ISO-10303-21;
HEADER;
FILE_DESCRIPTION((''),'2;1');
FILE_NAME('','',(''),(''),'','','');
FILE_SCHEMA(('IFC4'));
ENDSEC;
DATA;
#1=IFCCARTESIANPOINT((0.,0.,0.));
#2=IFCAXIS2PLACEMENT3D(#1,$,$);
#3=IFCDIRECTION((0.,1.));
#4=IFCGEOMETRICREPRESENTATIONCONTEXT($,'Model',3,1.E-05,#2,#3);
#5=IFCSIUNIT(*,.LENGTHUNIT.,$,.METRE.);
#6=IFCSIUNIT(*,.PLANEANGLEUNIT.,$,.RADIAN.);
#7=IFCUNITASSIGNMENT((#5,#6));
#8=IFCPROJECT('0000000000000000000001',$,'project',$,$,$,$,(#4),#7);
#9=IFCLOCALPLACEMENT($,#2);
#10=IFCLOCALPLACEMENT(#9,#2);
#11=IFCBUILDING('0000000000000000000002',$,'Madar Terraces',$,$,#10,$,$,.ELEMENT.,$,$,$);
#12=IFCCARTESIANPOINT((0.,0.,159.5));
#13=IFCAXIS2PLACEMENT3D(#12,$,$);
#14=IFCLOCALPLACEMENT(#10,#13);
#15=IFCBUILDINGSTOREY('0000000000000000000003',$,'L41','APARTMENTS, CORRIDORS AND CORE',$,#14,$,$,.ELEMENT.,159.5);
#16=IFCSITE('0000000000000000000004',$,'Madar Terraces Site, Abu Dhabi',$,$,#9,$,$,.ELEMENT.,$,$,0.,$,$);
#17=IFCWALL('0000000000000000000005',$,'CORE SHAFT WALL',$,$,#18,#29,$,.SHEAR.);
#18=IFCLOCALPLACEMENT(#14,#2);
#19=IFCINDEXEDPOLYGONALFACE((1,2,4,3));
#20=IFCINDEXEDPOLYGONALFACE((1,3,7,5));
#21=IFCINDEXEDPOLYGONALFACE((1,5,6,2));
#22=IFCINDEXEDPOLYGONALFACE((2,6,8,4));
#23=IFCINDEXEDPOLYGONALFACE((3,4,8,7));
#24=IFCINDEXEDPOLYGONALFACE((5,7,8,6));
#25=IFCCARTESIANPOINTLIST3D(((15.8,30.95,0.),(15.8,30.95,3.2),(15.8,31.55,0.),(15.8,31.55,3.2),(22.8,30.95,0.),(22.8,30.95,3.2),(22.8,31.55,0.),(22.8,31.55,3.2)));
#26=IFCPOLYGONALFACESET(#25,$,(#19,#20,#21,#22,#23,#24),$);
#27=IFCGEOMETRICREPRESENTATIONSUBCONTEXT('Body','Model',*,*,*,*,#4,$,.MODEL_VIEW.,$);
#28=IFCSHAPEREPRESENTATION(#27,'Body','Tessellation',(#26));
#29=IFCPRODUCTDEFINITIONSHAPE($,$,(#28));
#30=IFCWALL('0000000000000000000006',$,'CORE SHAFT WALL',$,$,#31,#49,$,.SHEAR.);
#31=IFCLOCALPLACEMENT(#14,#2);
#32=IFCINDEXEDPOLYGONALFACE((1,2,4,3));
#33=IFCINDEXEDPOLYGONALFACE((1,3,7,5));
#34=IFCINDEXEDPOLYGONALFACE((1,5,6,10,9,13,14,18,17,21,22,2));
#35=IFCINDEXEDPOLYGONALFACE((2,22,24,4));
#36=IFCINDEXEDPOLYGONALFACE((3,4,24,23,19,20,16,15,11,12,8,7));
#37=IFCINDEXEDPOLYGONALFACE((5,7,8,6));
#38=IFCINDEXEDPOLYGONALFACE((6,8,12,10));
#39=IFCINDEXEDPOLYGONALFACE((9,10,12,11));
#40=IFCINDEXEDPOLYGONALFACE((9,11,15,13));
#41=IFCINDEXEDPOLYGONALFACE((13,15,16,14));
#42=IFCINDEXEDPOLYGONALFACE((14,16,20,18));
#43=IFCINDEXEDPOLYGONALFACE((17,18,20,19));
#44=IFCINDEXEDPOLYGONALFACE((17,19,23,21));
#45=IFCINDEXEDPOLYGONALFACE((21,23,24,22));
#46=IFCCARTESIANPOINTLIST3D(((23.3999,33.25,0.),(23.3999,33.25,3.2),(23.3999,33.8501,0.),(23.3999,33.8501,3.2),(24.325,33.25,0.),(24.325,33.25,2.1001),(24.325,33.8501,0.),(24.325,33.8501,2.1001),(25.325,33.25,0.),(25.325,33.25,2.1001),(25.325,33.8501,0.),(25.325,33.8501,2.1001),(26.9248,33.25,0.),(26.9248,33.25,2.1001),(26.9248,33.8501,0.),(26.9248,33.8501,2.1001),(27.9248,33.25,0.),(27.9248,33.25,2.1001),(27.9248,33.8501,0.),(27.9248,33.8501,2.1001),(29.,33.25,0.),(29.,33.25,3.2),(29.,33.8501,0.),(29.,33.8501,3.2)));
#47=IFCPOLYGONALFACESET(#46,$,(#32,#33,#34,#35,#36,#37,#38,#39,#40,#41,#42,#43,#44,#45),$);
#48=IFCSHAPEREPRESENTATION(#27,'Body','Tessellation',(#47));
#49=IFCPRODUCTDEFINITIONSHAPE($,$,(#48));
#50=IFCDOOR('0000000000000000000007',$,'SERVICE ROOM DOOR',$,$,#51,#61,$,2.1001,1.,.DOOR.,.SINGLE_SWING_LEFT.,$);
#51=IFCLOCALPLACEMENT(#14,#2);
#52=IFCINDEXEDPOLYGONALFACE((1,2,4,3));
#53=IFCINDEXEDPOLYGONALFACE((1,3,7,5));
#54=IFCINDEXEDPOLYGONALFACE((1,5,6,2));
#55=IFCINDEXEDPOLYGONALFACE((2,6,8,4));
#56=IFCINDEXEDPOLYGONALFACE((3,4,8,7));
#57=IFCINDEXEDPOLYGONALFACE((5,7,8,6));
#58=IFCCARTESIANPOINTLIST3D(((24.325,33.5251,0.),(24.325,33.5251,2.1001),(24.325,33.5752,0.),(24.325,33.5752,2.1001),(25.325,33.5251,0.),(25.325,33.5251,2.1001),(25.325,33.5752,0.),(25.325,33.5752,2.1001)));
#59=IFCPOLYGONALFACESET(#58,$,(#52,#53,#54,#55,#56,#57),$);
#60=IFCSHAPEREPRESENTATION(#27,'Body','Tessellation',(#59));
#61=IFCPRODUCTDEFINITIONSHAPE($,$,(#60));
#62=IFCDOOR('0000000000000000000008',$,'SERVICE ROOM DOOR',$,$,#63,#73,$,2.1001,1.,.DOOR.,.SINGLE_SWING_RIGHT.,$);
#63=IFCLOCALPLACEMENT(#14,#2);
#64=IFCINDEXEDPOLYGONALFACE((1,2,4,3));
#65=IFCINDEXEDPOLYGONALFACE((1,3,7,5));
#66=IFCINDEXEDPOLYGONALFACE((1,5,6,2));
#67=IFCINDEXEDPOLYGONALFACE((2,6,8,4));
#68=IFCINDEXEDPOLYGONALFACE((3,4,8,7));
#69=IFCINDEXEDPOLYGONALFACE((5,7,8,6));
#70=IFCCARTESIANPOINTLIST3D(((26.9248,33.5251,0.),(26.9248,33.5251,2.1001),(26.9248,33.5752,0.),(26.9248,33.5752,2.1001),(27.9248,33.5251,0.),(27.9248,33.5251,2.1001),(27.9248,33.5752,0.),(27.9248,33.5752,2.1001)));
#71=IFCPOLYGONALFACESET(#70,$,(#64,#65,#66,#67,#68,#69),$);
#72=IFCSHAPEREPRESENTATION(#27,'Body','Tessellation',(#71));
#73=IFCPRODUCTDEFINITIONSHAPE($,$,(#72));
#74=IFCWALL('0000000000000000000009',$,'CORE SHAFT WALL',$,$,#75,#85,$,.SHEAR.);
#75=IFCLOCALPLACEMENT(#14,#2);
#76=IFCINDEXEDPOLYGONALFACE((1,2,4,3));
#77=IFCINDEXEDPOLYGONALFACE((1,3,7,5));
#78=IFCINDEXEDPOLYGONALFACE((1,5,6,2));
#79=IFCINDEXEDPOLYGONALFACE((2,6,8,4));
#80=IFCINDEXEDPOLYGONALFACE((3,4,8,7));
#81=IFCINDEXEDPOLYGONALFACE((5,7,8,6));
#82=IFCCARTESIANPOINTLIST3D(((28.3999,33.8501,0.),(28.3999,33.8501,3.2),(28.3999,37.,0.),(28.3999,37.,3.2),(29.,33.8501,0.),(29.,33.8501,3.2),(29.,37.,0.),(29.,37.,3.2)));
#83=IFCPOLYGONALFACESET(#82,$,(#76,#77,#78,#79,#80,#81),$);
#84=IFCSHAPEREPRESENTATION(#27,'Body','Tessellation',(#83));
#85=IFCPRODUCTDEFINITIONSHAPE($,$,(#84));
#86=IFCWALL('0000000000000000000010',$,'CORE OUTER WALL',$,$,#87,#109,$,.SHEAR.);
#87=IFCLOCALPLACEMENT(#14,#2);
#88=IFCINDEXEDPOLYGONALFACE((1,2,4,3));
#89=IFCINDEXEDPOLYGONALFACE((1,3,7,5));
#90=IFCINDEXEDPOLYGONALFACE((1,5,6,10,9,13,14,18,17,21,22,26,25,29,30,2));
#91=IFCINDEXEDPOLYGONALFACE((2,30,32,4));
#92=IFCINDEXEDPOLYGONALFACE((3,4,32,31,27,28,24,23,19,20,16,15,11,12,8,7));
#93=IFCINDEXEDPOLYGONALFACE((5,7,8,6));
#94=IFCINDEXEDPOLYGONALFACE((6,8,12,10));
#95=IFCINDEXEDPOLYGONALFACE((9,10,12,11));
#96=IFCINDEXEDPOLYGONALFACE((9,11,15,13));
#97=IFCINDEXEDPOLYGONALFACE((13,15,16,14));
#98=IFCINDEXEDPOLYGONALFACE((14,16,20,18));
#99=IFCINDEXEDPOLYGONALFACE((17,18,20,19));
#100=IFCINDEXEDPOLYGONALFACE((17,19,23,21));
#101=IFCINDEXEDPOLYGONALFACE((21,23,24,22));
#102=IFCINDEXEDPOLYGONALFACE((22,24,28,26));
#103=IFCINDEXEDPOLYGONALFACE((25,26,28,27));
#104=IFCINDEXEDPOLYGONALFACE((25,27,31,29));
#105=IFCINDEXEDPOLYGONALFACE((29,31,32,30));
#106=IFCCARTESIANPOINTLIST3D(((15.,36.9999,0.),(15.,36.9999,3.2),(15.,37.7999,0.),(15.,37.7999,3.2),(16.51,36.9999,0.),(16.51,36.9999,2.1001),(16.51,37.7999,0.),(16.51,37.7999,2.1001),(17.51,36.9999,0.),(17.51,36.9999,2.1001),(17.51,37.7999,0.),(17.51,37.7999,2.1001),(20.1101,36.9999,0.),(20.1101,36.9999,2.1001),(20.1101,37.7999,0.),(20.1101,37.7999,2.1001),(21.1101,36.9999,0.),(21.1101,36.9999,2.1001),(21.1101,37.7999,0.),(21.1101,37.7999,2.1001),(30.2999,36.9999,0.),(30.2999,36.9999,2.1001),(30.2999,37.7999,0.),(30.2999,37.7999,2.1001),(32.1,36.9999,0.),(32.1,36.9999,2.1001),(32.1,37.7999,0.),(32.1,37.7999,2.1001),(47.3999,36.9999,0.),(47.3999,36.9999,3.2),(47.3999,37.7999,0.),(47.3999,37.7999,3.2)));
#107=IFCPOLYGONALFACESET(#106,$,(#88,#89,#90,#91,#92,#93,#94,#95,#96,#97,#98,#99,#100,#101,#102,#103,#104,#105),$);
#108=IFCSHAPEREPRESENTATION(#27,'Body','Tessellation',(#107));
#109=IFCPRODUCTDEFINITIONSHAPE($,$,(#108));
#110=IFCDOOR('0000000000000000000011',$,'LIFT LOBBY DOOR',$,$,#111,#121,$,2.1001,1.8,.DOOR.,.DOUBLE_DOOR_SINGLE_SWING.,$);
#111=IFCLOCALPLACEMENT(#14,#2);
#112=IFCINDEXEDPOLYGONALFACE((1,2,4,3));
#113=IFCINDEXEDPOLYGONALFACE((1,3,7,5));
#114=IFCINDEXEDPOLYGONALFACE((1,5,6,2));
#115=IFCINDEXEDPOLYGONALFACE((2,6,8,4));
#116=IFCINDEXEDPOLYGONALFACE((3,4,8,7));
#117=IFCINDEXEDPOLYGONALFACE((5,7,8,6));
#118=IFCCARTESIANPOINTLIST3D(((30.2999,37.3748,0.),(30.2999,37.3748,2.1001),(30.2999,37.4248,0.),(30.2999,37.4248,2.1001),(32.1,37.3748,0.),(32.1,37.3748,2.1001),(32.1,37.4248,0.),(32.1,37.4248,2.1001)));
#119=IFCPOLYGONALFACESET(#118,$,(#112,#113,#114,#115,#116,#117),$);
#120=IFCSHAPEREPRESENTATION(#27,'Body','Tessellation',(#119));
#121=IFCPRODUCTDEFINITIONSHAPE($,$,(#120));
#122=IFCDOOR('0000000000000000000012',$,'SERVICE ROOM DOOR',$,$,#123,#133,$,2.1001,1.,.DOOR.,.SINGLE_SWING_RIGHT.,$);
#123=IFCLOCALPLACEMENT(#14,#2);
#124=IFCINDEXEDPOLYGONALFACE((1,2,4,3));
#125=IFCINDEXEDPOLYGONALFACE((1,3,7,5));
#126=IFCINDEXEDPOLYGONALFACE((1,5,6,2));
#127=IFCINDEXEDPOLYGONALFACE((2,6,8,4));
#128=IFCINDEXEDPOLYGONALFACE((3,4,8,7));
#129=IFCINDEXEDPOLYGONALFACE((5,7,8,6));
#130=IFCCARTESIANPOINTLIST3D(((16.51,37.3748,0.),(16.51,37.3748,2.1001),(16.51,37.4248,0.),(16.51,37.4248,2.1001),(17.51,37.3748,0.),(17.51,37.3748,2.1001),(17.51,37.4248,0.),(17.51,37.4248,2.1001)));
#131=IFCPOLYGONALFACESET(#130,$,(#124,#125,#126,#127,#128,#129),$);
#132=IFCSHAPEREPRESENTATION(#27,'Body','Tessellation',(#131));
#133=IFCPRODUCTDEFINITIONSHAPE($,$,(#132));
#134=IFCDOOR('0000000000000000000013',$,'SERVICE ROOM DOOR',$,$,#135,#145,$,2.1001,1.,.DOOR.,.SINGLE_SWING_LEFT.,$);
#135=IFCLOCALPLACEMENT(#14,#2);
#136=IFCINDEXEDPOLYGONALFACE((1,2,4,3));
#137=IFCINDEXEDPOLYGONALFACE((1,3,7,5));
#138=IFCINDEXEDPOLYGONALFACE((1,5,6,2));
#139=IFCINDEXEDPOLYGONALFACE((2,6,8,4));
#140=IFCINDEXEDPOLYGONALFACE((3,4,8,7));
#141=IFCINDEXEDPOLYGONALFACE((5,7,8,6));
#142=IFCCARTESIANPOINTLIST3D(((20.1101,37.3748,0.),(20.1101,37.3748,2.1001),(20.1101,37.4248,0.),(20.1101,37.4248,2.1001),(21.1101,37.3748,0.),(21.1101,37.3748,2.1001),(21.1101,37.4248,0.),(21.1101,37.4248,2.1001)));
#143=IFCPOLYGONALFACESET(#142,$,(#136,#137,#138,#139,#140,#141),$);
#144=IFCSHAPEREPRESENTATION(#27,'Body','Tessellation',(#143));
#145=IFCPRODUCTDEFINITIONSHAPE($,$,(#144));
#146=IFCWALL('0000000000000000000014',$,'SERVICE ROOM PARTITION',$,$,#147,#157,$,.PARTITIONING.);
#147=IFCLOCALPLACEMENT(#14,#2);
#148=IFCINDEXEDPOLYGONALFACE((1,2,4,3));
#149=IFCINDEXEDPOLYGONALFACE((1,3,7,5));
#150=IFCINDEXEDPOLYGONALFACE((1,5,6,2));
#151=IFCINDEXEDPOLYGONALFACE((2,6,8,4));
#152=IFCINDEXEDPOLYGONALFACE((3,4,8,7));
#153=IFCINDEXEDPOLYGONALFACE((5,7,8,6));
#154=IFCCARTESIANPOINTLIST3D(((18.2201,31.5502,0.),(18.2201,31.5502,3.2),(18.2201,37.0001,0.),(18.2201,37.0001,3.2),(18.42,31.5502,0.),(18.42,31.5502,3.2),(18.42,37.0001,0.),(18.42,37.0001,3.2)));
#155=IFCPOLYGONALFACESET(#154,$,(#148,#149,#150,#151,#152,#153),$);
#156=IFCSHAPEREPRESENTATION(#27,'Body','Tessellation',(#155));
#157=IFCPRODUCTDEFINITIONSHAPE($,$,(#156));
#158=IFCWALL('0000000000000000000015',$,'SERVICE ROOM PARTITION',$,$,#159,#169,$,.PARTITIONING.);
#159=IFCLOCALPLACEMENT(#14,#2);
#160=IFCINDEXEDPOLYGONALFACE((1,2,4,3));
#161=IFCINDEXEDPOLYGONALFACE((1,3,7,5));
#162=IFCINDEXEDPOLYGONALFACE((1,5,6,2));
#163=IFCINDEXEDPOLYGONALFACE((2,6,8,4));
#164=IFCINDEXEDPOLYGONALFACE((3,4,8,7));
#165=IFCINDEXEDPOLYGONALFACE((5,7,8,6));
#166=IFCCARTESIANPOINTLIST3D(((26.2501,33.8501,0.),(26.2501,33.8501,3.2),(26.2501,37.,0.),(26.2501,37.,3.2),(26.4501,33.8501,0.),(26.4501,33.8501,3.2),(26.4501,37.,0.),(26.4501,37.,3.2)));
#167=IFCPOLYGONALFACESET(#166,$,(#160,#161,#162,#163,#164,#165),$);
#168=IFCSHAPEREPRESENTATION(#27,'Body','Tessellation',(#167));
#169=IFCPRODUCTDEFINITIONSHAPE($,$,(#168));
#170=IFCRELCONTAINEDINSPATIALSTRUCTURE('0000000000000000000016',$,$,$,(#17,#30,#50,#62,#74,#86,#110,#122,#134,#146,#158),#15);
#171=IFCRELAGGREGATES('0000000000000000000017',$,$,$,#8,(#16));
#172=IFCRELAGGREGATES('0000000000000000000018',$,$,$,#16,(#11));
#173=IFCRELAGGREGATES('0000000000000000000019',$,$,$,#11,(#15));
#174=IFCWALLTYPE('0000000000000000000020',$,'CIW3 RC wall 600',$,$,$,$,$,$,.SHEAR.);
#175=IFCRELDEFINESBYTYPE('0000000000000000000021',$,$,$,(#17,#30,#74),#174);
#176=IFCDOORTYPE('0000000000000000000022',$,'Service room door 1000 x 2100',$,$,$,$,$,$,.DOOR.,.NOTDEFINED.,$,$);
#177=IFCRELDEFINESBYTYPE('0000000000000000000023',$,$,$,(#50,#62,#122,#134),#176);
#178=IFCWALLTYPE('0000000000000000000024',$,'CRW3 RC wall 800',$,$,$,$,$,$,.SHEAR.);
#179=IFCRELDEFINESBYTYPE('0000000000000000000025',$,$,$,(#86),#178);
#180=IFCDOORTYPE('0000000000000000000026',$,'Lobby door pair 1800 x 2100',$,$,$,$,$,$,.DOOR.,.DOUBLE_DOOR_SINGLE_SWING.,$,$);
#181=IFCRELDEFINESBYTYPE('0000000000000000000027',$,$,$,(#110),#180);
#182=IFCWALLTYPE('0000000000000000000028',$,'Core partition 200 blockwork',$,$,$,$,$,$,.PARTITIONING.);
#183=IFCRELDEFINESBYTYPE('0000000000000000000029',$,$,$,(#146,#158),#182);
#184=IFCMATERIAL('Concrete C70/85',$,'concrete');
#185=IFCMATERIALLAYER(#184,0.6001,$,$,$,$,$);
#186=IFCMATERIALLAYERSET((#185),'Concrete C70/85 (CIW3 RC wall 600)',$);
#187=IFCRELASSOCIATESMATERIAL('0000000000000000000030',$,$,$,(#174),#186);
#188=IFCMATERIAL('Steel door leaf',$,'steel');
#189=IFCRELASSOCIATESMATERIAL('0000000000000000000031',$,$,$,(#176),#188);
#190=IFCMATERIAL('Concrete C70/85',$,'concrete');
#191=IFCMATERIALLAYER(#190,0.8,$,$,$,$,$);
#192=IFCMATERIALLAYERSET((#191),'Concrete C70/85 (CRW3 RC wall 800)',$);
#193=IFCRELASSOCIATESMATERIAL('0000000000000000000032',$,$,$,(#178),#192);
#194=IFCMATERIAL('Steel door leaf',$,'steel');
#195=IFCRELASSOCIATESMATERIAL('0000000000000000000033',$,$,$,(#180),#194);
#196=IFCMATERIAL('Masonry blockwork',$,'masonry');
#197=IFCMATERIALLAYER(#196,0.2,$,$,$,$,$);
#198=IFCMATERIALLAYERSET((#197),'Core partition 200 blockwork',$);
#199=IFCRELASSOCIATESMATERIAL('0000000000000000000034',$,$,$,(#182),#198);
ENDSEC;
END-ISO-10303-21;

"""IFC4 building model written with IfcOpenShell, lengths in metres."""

from ifc_helpers import new_model, si_unit, direction, frame, frame_2d, origin, place, context, subcontext, project, spatial, rectangle, extrude, material, layer, layer_set, type_object, element, fill, save


model = new_model("IFC4")

# Units and contexts
model_context = context("Model", 3, precision=1e-05, world=origin(), true_north=direction((0.0, 1.0)))
body_context = subcontext(model_context, "Body", "Model", "MODEL_VIEW")
ifc_project = project(units=[si_unit("LENGTHUNIT", "METRE"), si_unit("PLANEANGLEUNIT", "RADIAN")], contexts=[model_context])

# Site, building, storey
site_placement = place(None, origin())
site = spatial("IfcSite", under=ifc_project, at=site_placement, Name="Madar Terraces Site, Abu Dhabi", CompositionType="ELEMENT", RefElevation=0.0)
building_placement = place(site_placement, origin())
building = spatial("IfcBuilding", under=site, at=building_placement, Name="Madar Terraces", CompositionType="ELEMENT")
storey_placement = place(building_placement, frame((0.0, 0.0, 159.5)))
storey = spatial("IfcBuildingStorey", under=building, at=storey_placement, Name="L41", Description="APARTMENTS, CORRIDORS AND CORE", CompositionType="ELEMENT", Elevation=159.5)

# Wall
ifc_material_1 = material(Name="Concrete C70/85", Category="concrete")
ifc_layer_1 = layer(ifc_material_1, 0.6001)
ifc_layer_set_1 = layer_set([ifc_layer_1], Name="Concrete C70/85 (CIW3 RC wall 600)")
wall_type_1 = type_object("IfcWallType", Name="CIW3 RC wall 600", PredefinedType="SHEAR", material=ifc_layer_set_1)
wall_1_placement = place(storey_placement, frame((15.8, 31.25, 0.0), z_axis=(0.0, 0.0, 1.0), x_axis=(1.0, 0.0, 0.0)))
element("IfcWall", 1, at=wall_1_placement, inside=storey, type_object=wall_type_1, Name="CORE SHAFT WALL", PredefinedType="SHEAR", context=body_context, shape_type="SweptSolid", body=[
    extrude(rectangle(XDim=7.0, YDim=0.6001, at=frame_2d((3.5, 0.0))), origin(), (0.0, 0.0, 1.0), 3.2),
])

# Wall, openings, doors
wall_2_placement = place(storey_placement, frame((23.3999, 33.55, 0.0), z_axis=(0.0, 0.0, 1.0), x_axis=(1.0, 0.0, 0.0)))
wall_2 = element("IfcWall", 2, at=wall_2_placement, inside=storey, type_object=wall_type_1, Name="CORE SHAFT WALL", PredefinedType="SHEAR", context=body_context, shape_type="SweptSolid", body=[
    extrude(rectangle(XDim=5.6001, YDim=0.6001, at=frame_2d((2.8, 0.0))), origin(), (0.0, 0.0, 1.0), 3.2),
])
opening_1_placement = place(wall_2_placement, frame((0.925, 0.0, 0.0)))
opening_1 = element("IfcOpeningElement", 3, at=opening_1_placement, cuts=wall_2, PredefinedType="OPENING", context=body_context, shape_type="SweptSolid", body=[
    extrude(rectangle(XDim=1.0, YDim=2.1001, at=frame_2d((0.5, 1.05))), frame((0.0, 0.3101, 0.0), z_axis=(0.0, -1.0, 0.0), x_axis=(1.0, 0.0, 0.0)), (0.0, 0.0, 1.0), 0.6201),
])
opening_2_placement = place(wall_2_placement, frame((3.5249, 0.0, 0.0)))
opening_2 = element("IfcOpeningElement", 4, at=opening_2_placement, cuts=wall_2, PredefinedType="OPENING", context=body_context, shape_type="SweptSolid", body=[
    extrude(rectangle(XDim=1.0, YDim=2.1001, at=frame_2d((0.5, 1.05))), frame((0.0, 0.3101, 0.0), z_axis=(0.0, -1.0, 0.0), x_axis=(1.0, 0.0, 0.0)), (0.0, 0.0, 1.0), 0.6201),
])
ifc_material_2 = material(Name="Steel door leaf", Category="steel")
door_type_1 = type_object("IfcDoorType", Name="Service room door 1000 x 2100", OperationType="NOTDEFINED", PredefinedType="DOOR", material=ifc_material_2)
door_1_placement = place(opening_1_placement, frame((1.0, 0.0, 0.0), z_axis=(0.0, 0.0, 1.0), x_axis=(-1.0, 0.0, 0.0)))
door_1 = element("IfcDoor", 5, at=door_1_placement, inside=storey, type_object=door_type_1, Name="SERVICE ROOM DOOR", OperationType="SINGLE_SWING_LEFT", OverallHeight=2.1001, OverallWidth=1.0, PredefinedType="DOOR", context=body_context, shape_type="SweptSolid", body=[
    extrude(rectangle(XDim=1.0, YDim=2.1001, at=frame_2d((0.5, 1.05))), frame((0.0, 0.0249, 0.0), z_axis=(0.0, -1.0, 0.0), x_axis=(1.0, 0.0, 0.0)), (0.0, 0.0, 1.0), 0.05),
])
fill(opening_1, door_1)
door_2_placement = place(opening_2_placement, frame((1.0, 0.0, 0.0), z_axis=(0.0, 0.0, 1.0), x_axis=(-1.0, 0.0, 0.0)))
door_2 = element("IfcDoor", 6, at=door_2_placement, inside=storey, type_object=door_type_1, Name="SERVICE ROOM DOOR", OperationType="SINGLE_SWING_RIGHT", OverallHeight=2.1001, OverallWidth=1.0, PredefinedType="DOOR", context=body_context, shape_type="SweptSolid", body=[
    extrude(rectangle(XDim=1.0, YDim=2.1001, at=frame_2d((0.5, 1.05))), frame((0.0, 0.0249, 0.0), z_axis=(0.0, -1.0, 0.0), x_axis=(1.0, 0.0, 0.0)), (0.0, 0.0, 1.0), 0.05),
])
fill(opening_2, door_2)

# Wall
wall_3_placement = place(storey_placement, frame((28.7, 33.8501, 0.0), z_axis=(0.0, 0.0, 1.0), x_axis=(0.0, 1.0, 0.0)))
element("IfcWall", 7, at=wall_3_placement, inside=storey, type_object=wall_type_1, Name="CORE SHAFT WALL", PredefinedType="SHEAR", context=body_context, shape_type="SweptSolid", body=[
    extrude(rectangle(XDim=3.1499, YDim=0.6001, at=frame_2d((1.575, 0.0))), origin(), (0.0, 0.0, 1.0), 3.2),
])

# Wall, openings, doors
ifc_material_3 = material(Name="Concrete C70/85", Category="concrete")
ifc_layer_2 = layer(ifc_material_3, 0.8)
ifc_layer_set_2 = layer_set([ifc_layer_2], Name="Concrete C70/85 (CRW3 RC wall 800)")
wall_type_2 = type_object("IfcWallType", Name="CRW3 RC wall 800", PredefinedType="SHEAR", material=ifc_layer_set_2)
wall_4_placement = place(storey_placement, frame((15.0, 37.3999, 0.0), z_axis=(0.0, 0.0, 1.0), x_axis=(1.0, 0.0, 0.0)))
wall_4 = element("IfcWall", 8, at=wall_4_placement, inside=storey, type_object=wall_type_2, Name="CORE OUTER WALL", PredefinedType="SHEAR", context=body_context, shape_type="SweptSolid", body=[
    extrude(rectangle(XDim=32.3999, YDim=0.8, at=frame_2d((16.2, 0.0))), origin(), (0.0, 0.0, 1.0), 3.2),
])
opening_3_placement = place(wall_4_placement, frame((15.3, 0.0, 0.0)))
opening_3 = element("IfcOpeningElement", 9, at=opening_3_placement, cuts=wall_4, PredefinedType="OPENING", context=body_context, shape_type="SweptSolid", body=[
    extrude(rectangle(XDim=1.8, YDim=2.1001, at=frame_2d((0.8999, 1.05))), frame((0.0, 0.4099, 0.0), z_axis=(0.0, -1.0, 0.0), x_axis=(1.0, 0.0, 0.0)), (0.0, 0.0, 1.0), 0.8201),
])
opening_4_placement = place(wall_4_placement, frame((1.51, 0.0, 0.0)))
opening_4 = element("IfcOpeningElement", 10, at=opening_4_placement, cuts=wall_4, PredefinedType="OPENING", context=body_context, shape_type="SweptSolid", body=[
    extrude(rectangle(XDim=1.0, YDim=2.1001, at=frame_2d((0.5, 1.05))), frame((0.0, 0.4099, 0.0), z_axis=(0.0, -1.0, 0.0), x_axis=(1.0, 0.0, 0.0)), (0.0, 0.0, 1.0), 0.8201),
])
opening_5_placement = place(wall_4_placement, frame((5.1101, 0.0, 0.0)))
opening_5 = element("IfcOpeningElement", 11, at=opening_5_placement, cuts=wall_4, PredefinedType="OPENING", context=body_context, shape_type="SweptSolid", body=[
    extrude(rectangle(XDim=1.0, YDim=2.1001, at=frame_2d((0.5, 1.05))), frame((0.0, 0.4099, 0.0), z_axis=(0.0, -1.0, 0.0), x_axis=(1.0, 0.0, 0.0)), (0.0, 0.0, 1.0), 0.8201),
])
ifc_material_4 = material(Name="Steel door leaf", Category="steel")
door_type_2 = type_object("IfcDoorType", Name="Lobby door pair 1800 x 2100", OperationType="DOUBLE_DOOR_SINGLE_SWING", PredefinedType="DOOR", material=ifc_material_4)
door_3_placement = place(opening_3_placement, origin())
door_3 = element("IfcDoor", 12, at=door_3_placement, inside=storey, type_object=door_type_2, Name="LIFT LOBBY DOOR", OperationType="DOUBLE_DOOR_SINGLE_SWING", OverallHeight=2.1001, OverallWidth=1.8, PredefinedType="DOOR", context=body_context, shape_type="SweptSolid", body=[
    extrude(rectangle(XDim=1.8, YDim=2.1001, at=frame_2d((0.8999, 1.05))), frame((0.0, 0.0249, 0.0), z_axis=(0.0, -1.0, 0.0), x_axis=(1.0, 0.0, 0.0)), (0.0, 0.0, 1.0), 0.05),
])
fill(opening_3, door_3)
door_4_placement = place(opening_4_placement, origin())
door_4 = element("IfcDoor", 13, at=door_4_placement, inside=storey, type_object=door_type_1, Name="SERVICE ROOM DOOR", OperationType="SINGLE_SWING_RIGHT", OverallHeight=2.1001, OverallWidth=1.0, PredefinedType="DOOR", context=body_context, shape_type="SweptSolid", body=[
    extrude(rectangle(XDim=1.0, YDim=2.1001, at=frame_2d((0.5, 1.05))), frame((0.0, 0.0249, 0.0), z_axis=(0.0, -1.0, 0.0), x_axis=(1.0, 0.0, 0.0)), (0.0, 0.0, 1.0), 0.05),
])
fill(opening_4, door_4)
door_5_placement = place(opening_5_placement, origin())
door_5 = element("IfcDoor", 14, at=door_5_placement, inside=storey, type_object=door_type_1, Name="SERVICE ROOM DOOR", OperationType="SINGLE_SWING_LEFT", OverallHeight=2.1001, OverallWidth=1.0, PredefinedType="DOOR", context=body_context, shape_type="SweptSolid", body=[
    extrude(rectangle(XDim=1.0, YDim=2.1001, at=frame_2d((0.5, 1.05))), frame((0.0, 0.0249, 0.0), z_axis=(0.0, -1.0, 0.0), x_axis=(1.0, 0.0, 0.0)), (0.0, 0.0, 1.0), 0.05),
])
fill(opening_5, door_5)

# Walls
ifc_material_5 = material(Name="Masonry blockwork", Category="masonry")
ifc_layer_3 = layer(ifc_material_5, 0.2)
ifc_layer_set_3 = layer_set([ifc_layer_3], Name="Core partition 200 blockwork")
wall_type_3 = type_object("IfcWallType", Name="Core partition 200 blockwork", PredefinedType="PARTITIONING", material=ifc_layer_set_3)
wall_5_placement = place(storey_placement, frame((18.3201, 31.55, 0.0), z_axis=(0.0, 0.0, 1.0), x_axis=(0.0, 1.0, 0.0)))
element("IfcWall", 15, at=wall_5_placement, inside=storey, type_object=wall_type_3, Name="SERVICE ROOM PARTITION", PredefinedType="PARTITIONING", context=body_context, shape_type="SweptSolid", body=[
    extrude(rectangle(XDim=5.45, YDim=0.2, at=frame_2d((2.7251, 0.0))), origin(), (0.0, 0.0, 1.0), 3.2),
])
wall_6_placement = place(storey_placement, frame((26.3501, 33.8501, 0.0), z_axis=(0.0, 0.0, 1.0), x_axis=(0.0, 1.0, 0.0)))
element("IfcWall", 16, at=wall_6_placement, inside=storey, type_object=wall_type_3, Name="SERVICE ROOM PARTITION", PredefinedType="PARTITIONING", context=body_context, shape_type="SweptSolid", body=[
    extrude(rectangle(XDim=3.1499, YDim=0.2, at=frame_2d((1.575, 0.0))), origin(), (0.0, 0.0, 1.0), 3.2),
])

save(model, "model.ifc")
